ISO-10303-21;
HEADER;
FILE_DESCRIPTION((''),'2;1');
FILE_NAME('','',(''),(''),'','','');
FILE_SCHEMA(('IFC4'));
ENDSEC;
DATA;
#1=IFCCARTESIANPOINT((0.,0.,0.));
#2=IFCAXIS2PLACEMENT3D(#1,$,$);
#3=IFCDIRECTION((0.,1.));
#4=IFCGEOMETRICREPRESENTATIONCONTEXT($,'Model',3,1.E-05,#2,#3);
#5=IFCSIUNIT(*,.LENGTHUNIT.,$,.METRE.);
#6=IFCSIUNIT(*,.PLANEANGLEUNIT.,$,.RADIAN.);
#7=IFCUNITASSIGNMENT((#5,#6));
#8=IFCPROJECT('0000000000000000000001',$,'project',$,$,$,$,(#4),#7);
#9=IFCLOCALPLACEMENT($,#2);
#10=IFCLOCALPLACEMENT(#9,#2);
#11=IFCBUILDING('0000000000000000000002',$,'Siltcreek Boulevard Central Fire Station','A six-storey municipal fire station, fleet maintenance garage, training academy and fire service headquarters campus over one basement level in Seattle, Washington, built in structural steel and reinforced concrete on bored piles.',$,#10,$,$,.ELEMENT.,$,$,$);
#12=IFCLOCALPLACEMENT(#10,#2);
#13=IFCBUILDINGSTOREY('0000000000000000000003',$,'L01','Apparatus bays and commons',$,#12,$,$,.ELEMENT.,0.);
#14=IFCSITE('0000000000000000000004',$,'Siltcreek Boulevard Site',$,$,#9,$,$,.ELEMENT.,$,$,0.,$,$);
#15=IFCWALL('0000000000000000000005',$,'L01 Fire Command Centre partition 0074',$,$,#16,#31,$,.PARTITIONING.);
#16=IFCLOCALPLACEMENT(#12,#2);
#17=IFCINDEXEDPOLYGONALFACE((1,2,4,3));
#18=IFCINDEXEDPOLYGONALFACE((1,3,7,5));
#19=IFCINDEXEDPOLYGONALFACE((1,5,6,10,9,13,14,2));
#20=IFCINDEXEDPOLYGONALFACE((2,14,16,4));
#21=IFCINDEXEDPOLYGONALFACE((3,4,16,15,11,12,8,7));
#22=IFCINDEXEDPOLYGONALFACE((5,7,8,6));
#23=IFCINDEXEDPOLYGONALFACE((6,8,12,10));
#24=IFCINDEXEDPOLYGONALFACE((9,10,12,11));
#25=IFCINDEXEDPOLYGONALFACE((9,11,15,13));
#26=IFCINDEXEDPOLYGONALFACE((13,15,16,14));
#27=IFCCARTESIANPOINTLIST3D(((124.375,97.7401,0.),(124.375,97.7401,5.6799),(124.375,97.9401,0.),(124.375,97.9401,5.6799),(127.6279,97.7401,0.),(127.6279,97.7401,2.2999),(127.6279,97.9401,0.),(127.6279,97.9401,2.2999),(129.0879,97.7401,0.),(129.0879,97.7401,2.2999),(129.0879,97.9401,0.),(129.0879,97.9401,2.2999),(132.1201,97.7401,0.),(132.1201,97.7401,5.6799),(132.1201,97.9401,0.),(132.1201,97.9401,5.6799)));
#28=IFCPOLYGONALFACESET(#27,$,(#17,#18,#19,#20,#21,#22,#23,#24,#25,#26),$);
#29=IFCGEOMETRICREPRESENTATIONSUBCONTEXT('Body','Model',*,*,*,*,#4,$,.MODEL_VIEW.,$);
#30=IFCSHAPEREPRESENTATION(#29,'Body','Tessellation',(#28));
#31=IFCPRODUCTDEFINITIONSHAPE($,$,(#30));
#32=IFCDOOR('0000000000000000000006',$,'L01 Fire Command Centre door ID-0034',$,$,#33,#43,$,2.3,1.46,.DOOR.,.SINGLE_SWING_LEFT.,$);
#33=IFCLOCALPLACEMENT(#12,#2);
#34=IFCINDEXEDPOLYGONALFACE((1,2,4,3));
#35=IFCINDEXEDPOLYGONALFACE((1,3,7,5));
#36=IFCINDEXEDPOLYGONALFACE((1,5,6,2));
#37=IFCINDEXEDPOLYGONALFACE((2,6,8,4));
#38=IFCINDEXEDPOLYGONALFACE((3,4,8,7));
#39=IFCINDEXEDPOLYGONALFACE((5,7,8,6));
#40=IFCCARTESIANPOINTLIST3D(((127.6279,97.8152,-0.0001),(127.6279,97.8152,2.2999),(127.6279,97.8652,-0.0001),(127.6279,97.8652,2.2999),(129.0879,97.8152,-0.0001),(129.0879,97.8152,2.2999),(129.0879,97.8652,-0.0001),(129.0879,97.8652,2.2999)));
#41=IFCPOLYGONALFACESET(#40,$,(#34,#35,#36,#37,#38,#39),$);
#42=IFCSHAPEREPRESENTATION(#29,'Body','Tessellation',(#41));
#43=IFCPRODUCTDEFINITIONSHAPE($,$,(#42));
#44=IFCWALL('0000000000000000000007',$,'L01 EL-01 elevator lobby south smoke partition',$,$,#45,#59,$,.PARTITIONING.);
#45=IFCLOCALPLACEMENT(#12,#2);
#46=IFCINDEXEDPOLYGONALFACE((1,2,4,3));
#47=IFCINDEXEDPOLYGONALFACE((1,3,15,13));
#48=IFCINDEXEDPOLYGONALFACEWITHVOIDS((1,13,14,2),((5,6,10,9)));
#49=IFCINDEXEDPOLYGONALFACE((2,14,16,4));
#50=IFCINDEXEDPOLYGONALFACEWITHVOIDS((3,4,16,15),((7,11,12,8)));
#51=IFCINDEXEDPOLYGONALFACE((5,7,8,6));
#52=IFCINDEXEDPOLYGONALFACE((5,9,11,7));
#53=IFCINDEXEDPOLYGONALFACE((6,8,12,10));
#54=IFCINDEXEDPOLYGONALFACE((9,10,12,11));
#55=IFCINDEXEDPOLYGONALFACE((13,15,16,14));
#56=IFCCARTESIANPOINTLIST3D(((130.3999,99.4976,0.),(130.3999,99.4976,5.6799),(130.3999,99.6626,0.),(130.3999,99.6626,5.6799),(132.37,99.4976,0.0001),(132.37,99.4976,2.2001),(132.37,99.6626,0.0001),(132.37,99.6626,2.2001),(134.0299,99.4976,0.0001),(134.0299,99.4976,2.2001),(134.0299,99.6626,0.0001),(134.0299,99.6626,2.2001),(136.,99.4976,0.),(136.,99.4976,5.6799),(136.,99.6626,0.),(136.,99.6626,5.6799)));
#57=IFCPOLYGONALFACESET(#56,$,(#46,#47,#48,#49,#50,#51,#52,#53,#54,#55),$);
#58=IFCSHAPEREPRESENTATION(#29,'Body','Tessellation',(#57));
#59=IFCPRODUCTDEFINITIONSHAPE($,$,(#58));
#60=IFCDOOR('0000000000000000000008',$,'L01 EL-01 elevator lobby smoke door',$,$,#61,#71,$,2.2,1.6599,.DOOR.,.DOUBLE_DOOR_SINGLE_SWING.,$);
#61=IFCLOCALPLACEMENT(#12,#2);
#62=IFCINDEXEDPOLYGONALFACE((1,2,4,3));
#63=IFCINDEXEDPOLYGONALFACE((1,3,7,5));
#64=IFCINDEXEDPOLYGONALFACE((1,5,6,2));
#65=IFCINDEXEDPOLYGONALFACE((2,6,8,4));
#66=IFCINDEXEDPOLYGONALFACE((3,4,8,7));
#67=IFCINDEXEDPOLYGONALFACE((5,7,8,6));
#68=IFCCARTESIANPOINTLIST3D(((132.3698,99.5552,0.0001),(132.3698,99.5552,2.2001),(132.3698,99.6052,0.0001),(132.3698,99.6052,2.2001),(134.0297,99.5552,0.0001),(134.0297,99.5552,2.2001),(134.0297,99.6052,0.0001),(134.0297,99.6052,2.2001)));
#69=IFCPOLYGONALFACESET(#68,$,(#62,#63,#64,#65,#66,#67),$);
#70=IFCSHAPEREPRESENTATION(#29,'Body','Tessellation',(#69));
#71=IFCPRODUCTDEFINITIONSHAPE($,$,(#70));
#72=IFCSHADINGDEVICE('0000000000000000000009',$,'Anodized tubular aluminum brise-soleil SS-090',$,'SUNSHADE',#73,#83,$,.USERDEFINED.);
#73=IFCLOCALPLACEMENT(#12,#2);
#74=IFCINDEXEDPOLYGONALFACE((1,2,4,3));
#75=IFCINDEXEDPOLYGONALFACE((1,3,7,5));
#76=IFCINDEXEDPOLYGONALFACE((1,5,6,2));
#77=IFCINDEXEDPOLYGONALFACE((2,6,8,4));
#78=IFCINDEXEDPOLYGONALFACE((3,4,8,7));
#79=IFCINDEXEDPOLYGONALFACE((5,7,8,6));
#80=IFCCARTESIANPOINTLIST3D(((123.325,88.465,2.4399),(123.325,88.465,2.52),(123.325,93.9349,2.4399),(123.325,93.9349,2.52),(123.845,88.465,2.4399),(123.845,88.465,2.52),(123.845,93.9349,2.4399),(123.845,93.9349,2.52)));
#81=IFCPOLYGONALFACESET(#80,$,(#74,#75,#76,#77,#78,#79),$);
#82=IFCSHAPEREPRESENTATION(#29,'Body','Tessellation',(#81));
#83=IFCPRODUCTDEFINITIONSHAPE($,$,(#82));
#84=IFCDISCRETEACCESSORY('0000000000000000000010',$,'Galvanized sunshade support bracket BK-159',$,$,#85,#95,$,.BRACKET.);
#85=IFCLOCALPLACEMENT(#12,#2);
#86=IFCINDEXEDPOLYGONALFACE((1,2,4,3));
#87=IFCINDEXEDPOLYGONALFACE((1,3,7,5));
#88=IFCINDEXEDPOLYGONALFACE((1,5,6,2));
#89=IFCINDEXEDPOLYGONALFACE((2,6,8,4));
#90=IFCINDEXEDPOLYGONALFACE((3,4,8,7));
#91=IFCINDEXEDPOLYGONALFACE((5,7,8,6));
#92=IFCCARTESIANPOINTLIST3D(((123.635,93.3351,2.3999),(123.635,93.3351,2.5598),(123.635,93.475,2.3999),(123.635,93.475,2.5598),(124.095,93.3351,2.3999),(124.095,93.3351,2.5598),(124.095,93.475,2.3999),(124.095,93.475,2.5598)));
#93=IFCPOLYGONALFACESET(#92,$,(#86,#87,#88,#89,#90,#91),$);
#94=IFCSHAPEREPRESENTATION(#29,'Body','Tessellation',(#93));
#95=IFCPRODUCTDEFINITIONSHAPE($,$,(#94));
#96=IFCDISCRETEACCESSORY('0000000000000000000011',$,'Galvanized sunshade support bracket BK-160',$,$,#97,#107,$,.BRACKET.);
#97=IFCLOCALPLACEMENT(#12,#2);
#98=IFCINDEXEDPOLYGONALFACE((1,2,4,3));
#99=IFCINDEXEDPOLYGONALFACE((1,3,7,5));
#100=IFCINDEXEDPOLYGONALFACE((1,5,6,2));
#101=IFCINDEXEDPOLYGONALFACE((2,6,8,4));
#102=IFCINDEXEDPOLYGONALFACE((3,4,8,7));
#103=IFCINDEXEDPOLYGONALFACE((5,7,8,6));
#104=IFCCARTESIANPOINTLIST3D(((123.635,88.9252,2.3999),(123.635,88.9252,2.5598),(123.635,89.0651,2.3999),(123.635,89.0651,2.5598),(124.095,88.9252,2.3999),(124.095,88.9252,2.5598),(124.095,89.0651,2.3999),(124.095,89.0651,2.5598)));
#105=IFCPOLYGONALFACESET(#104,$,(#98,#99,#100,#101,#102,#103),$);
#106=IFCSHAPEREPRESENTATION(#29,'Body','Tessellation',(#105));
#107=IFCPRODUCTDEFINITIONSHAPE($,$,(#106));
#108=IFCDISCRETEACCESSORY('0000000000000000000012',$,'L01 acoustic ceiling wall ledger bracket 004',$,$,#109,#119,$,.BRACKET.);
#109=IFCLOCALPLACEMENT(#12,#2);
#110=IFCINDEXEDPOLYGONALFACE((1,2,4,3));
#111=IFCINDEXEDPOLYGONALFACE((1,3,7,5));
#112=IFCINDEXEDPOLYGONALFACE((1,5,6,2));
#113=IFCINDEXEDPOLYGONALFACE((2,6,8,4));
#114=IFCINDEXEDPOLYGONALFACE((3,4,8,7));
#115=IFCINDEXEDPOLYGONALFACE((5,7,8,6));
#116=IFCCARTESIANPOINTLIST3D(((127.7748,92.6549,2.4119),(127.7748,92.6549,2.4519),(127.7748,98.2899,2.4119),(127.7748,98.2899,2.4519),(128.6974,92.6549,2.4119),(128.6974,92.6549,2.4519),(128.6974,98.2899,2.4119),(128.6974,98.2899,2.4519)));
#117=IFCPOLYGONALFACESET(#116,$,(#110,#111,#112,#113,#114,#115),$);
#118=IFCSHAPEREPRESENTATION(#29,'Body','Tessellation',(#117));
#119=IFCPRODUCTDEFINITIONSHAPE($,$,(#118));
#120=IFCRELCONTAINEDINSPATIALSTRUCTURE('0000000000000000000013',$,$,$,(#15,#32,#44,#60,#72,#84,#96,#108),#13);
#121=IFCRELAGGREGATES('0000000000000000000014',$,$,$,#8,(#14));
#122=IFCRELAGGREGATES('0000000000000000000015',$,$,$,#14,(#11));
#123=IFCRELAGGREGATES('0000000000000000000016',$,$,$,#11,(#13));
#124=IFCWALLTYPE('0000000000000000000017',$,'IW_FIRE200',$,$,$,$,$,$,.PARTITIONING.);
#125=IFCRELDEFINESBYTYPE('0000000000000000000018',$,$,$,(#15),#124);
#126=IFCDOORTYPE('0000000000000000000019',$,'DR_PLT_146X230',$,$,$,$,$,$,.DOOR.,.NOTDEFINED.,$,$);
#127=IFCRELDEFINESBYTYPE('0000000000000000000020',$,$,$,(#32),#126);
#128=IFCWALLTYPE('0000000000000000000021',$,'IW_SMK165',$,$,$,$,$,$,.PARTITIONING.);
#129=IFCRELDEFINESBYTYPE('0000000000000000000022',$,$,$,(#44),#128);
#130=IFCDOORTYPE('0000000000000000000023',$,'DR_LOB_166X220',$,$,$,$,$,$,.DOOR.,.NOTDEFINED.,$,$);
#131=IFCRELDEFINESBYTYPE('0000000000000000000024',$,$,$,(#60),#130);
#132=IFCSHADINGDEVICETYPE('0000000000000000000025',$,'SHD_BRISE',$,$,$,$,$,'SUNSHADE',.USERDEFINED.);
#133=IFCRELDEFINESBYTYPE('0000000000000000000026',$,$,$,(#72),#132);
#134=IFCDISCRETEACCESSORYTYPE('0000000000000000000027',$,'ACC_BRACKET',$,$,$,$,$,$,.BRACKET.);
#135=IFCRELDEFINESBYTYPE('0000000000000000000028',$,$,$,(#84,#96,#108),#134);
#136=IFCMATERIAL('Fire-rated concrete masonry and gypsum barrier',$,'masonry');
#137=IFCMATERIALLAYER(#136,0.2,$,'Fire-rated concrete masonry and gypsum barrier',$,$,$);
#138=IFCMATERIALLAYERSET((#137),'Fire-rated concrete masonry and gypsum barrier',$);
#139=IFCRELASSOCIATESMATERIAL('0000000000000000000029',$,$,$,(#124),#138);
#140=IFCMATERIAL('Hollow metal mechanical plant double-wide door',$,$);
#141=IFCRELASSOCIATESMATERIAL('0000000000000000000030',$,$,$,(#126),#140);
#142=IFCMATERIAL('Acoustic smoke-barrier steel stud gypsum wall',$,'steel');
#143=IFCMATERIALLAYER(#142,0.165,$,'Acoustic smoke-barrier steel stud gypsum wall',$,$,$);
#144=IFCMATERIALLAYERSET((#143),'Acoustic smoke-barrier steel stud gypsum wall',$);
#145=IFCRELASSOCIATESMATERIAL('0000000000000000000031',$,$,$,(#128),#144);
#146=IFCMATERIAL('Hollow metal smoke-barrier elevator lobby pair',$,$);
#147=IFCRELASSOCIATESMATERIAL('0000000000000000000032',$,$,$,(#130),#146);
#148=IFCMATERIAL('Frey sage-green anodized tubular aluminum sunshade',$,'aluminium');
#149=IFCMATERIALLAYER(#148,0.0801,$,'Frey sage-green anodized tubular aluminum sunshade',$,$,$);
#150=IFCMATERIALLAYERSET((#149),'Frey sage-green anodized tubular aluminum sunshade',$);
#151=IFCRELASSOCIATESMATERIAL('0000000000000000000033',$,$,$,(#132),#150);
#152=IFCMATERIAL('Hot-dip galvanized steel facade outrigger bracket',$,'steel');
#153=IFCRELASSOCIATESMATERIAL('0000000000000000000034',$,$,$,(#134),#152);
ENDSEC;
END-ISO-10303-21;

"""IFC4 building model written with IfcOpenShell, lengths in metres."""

from ifc_helpers import new_model, si_unit, direction, frame, frame_2d, origin, origin_2d, place, context, subcontext, project, spatial, rectangle, extrude, material, layer, layer_set, type_object, element, fill, save


model = new_model("IFC4")

# Units and contexts
model_context = context("Model", 3, precision=1e-05, world=origin(), true_north=direction((0.0, 1.0)))
body_context = subcontext(model_context, "Body", "Model", "MODEL_VIEW")
ifc_project = project(units=[si_unit("LENGTHUNIT", "METRE"), si_unit("PLANEANGLEUNIT", "RADIAN")], contexts=[model_context])

# Site, building, storey
site_placement = place(None, origin())
site = spatial("IfcSite", under=ifc_project, at=site_placement, Name="Siltcreek Boulevard Site", CompositionType="ELEMENT", RefElevation=0.0)
building_placement = place(site_placement, origin())
building = spatial("IfcBuilding", under=site, at=building_placement, Name="Siltcreek Boulevard Central Fire Station", Description="A six-storey municipal fire station, fleet maintenance garage, training academy and fire service headquarters campus over one basement level in Seattle, Washington, built in structural steel and reinforced concrete on bored piles.", CompositionType="ELEMENT")
storey_placement = place(building_placement, origin())
storey = spatial("IfcBuildingStorey", under=building, at=storey_placement, Name="L01", Description="Apparatus bays and commons", CompositionType="ELEMENT", Elevation=0.0)

# Walls, openings, doors
ifc_material_1 = material(Name="Fire-rated concrete masonry and gypsum barrier", Category="masonry")
ifc_layer_1 = layer(ifc_material_1, 0.2, Name="Fire-rated concrete masonry and gypsum barrier")
ifc_layer_set_1 = layer_set([ifc_layer_1], Name="Fire-rated concrete masonry and gypsum barrier")
wall_type_1 = type_object("IfcWallType", Name="IW_FIRE200", PredefinedType="PARTITIONING", material=ifc_layer_set_1)
wall_1_placement = place(storey_placement, frame((124.375, 97.8401, 0.0), z_axis=(0.0, 0.0, 1.0), x_axis=(1.0, 0.0, 0.0)))
wall_1 = element("IfcWall", 1, at=wall_1_placement, inside=storey, type_object=wall_type_1, Name="L01 Fire Command Centre partition 0074", PredefinedType="PARTITIONING", context=body_context, shape_type="SweptSolid", body=[
    extrude(rectangle(XDim=7.7451, YDim=0.2, at=frame_2d((3.8726, 0.0))), origin(), (0.0, 0.0, 1.0), 5.6799),
])
opening_1_placement = place(wall_1_placement, frame((3.2529, 0.0, 0.0)))
opening_1 = element("IfcOpeningElement", 2, at=opening_1_placement, cuts=wall_1, PredefinedType="OPENING", context=body_context, shape_type="SweptSolid", body=[
    extrude(rectangle(XDim=1.46, YDim=2.3, at=frame_2d((0.73, 1.1499))), frame((0.0, 0.1099, 0.0), z_axis=(0.0, -1.0, 0.0), x_axis=(1.0, 0.0, 0.0)), (0.0, 0.0, 1.0), 0.22),
])
ifc_material_2 = material(Name="Hollow metal mechanical plant double-wide door")
door_type_1 = type_object("IfcDoorType", Name="DR_PLT_146X230", OperationType="NOTDEFINED", PredefinedType="DOOR", material=ifc_material_2)
door_1_placement = place(opening_1_placement, frame((1.46, 0.0, 0.0), z_axis=(0.0, 0.0, 1.0), x_axis=(-1.0, 0.0, 0.0)))
door_1 = element("IfcDoor", 3, at=door_1_placement, inside=storey, type_object=door_type_1, Name="L01 Fire Command Centre door ID-0034", OperationType="SINGLE_SWING_LEFT", OverallHeight=2.3, OverallWidth=1.46, PredefinedType="DOOR", context=body_context, shape_type="SweptSolid", body=[
    extrude(rectangle(XDim=1.46, YDim=2.3, at=frame_2d((0.73, 1.1499))), frame((0.0, 0.0249, 0.0), z_axis=(0.0, -1.0, 0.0), x_axis=(1.0, 0.0, 0.0)), (0.0, 0.0, 1.0), 0.05),
])
fill(opening_1, door_1)
ifc_material_3 = material(Name="Acoustic smoke-barrier steel stud gypsum wall", Category="steel")
ifc_layer_2 = layer(ifc_material_3, 0.165, Name="Acoustic smoke-barrier steel stud gypsum wall")
ifc_layer_set_2 = layer_set([ifc_layer_2], Name="Acoustic smoke-barrier steel stud gypsum wall")
wall_type_2 = type_object("IfcWallType", Name="IW_SMK165", PredefinedType="PARTITIONING", material=ifc_layer_set_2)
wall_2_placement = place(storey_placement, frame((130.3999, 99.5801, 0.0), z_axis=(0.0, 0.0, 1.0), x_axis=(1.0, 0.0, 0.0)))
wall_2 = element("IfcWall", 4, at=wall_2_placement, inside=storey, type_object=wall_type_2, Name="L01 EL-01 elevator lobby south smoke partition", PredefinedType="PARTITIONING", context=body_context, shape_type="SweptSolid", body=[
    extrude(rectangle(XDim=5.6001, YDim=0.165, at=frame_2d((2.8, 0.0))), origin(), (0.0, 0.0, 1.0), 5.6799),
])
opening_2_placement = place(wall_2_placement, frame((1.97, 0.0, 0.0)))
opening_2 = element("IfcOpeningElement", 5, at=opening_2_placement, cuts=wall_2, PredefinedType="OPENING", context=body_context, shape_type="SweptSolid", body=[
    extrude(rectangle(XDim=1.6599, YDim=2.2, at=frame_2d((0.8301, 1.1001))), frame((0.0, 0.0925, 0.0), z_axis=(0.0, -1.0, 0.0), x_axis=(1.0, 0.0, 0.0)), (0.0, 0.0, 1.0), 0.1851),
])
ifc_material_4 = material(Name="Hollow metal smoke-barrier elevator lobby pair")
door_type_2 = type_object("IfcDoorType", Name="DR_LOB_166X220", OperationType="NOTDEFINED", PredefinedType="DOOR", material=ifc_material_4)
door_2_placement = place(opening_2_placement, frame((1.6599, 0.0, 0.0), z_axis=(0.0, 0.0, 1.0), x_axis=(-1.0, 0.0, 0.0)))
door_2 = element("IfcDoor", 6, at=door_2_placement, inside=storey, type_object=door_type_2, Name="L01 EL-01 elevator lobby smoke door", OperationType="DOUBLE_DOOR_SINGLE_SWING", OverallHeight=2.2, OverallWidth=1.6599, PredefinedType="DOOR", context=body_context, shape_type="SweptSolid", body=[
    extrude(rectangle(XDim=1.6599, YDim=2.2, at=frame_2d((0.8301, 1.1001))), frame((0.0, 0.0249, 0.0), z_axis=(0.0, -1.0, 0.0), x_axis=(1.0, 0.0, 0.0)), (0.0, 0.0, 1.0), 0.05),
])
fill(opening_2, door_2)

# Shading device
ifc_material_5 = material(Name="Frey sage-green anodized tubular aluminum sunshade", Category="aluminium")
ifc_layer_3 = layer(ifc_material_5, 0.0801, Name="Frey sage-green anodized tubular aluminum sunshade")
ifc_layer_set_3 = layer_set([ifc_layer_3], Name="Frey sage-green anodized tubular aluminum sunshade")
shading_device_type = type_object("IfcShadingDeviceType", Name="SHD_BRISE", ElementType="SUNSHADE", PredefinedType="USERDEFINED", material=ifc_layer_set_3)
shading_device_placement = place(storey_placement, frame((123.585, 91.2, 2.4399), z_axis=(0.0, 0.0, 1.0), x_axis=(0.0, -1.0, 0.0)))
element("IfcShadingDevice", 7, at=shading_device_placement, inside=storey, type_object=shading_device_type, Name="Anodized tubular aluminum brise-soleil SS-090", ObjectType="SUNSHADE", PredefinedType="USERDEFINED", context=body_context, shape_type="SweptSolid", body=[
    extrude(rectangle(XDim=5.47, YDim=0.52, at=origin_2d()), origin(), (0.0, 0.0, 1.0), 0.0801),
])

# Discrete accessories
ifc_material_6 = material(Name="Hot-dip galvanized steel facade outrigger bracket", Category="steel")
discrete_accessory_type = type_object("IfcDiscreteAccessoryType", Name="ACC_BRACKET", PredefinedType="BRACKET", material=ifc_material_6)
for number, where, z_axis, x_axis, name in (
    (8, (123.865, 93.405, 2.3999), (0.0, 0.0, 1.0), (0.0, -1.0, 0.0), "Galvanized sunshade support bracket BK-159"),
    (9, (123.865, 88.9951, 2.3999), (0.0, 0.0, 1.0), (0.0, -1.0, 0.0), "Galvanized sunshade support bracket BK-160"),
):
    element("IfcDiscreteAccessory", number, at=place(storey_placement, frame(where, z_axis=z_axis, x_axis=x_axis)), inside=storey, type_object=discrete_accessory_type, Name=name, PredefinedType="BRACKET", context=body_context, shape_type="SweptSolid", body=[
        extrude(rectangle(XDim=0.1399, YDim=0.46, at=origin_2d()), origin(), (0.0, 0.0, 1.0), 0.1599),
    ])
discrete_accessory_placement = place(storey_placement, frame((128.2361, 95.4724, 2.4119), z_axis=(0.0, 0.0, 1.0), x_axis=(1.0, 0.0, 0.0)))
element("IfcDiscreteAccessory", 10, at=discrete_accessory_placement, inside=storey, type_object=discrete_accessory_type, Name="L01 acoustic ceiling wall ledger bracket 004", PredefinedType="BRACKET", context=body_context, shape_type="SweptSolid", body=[
    extrude(rectangle(XDim=0.9226, YDim=5.635, at=origin_2d()), origin(), (0.0, 0.0, 1.0), 0.04),
])

save(model, "model.ifc")
